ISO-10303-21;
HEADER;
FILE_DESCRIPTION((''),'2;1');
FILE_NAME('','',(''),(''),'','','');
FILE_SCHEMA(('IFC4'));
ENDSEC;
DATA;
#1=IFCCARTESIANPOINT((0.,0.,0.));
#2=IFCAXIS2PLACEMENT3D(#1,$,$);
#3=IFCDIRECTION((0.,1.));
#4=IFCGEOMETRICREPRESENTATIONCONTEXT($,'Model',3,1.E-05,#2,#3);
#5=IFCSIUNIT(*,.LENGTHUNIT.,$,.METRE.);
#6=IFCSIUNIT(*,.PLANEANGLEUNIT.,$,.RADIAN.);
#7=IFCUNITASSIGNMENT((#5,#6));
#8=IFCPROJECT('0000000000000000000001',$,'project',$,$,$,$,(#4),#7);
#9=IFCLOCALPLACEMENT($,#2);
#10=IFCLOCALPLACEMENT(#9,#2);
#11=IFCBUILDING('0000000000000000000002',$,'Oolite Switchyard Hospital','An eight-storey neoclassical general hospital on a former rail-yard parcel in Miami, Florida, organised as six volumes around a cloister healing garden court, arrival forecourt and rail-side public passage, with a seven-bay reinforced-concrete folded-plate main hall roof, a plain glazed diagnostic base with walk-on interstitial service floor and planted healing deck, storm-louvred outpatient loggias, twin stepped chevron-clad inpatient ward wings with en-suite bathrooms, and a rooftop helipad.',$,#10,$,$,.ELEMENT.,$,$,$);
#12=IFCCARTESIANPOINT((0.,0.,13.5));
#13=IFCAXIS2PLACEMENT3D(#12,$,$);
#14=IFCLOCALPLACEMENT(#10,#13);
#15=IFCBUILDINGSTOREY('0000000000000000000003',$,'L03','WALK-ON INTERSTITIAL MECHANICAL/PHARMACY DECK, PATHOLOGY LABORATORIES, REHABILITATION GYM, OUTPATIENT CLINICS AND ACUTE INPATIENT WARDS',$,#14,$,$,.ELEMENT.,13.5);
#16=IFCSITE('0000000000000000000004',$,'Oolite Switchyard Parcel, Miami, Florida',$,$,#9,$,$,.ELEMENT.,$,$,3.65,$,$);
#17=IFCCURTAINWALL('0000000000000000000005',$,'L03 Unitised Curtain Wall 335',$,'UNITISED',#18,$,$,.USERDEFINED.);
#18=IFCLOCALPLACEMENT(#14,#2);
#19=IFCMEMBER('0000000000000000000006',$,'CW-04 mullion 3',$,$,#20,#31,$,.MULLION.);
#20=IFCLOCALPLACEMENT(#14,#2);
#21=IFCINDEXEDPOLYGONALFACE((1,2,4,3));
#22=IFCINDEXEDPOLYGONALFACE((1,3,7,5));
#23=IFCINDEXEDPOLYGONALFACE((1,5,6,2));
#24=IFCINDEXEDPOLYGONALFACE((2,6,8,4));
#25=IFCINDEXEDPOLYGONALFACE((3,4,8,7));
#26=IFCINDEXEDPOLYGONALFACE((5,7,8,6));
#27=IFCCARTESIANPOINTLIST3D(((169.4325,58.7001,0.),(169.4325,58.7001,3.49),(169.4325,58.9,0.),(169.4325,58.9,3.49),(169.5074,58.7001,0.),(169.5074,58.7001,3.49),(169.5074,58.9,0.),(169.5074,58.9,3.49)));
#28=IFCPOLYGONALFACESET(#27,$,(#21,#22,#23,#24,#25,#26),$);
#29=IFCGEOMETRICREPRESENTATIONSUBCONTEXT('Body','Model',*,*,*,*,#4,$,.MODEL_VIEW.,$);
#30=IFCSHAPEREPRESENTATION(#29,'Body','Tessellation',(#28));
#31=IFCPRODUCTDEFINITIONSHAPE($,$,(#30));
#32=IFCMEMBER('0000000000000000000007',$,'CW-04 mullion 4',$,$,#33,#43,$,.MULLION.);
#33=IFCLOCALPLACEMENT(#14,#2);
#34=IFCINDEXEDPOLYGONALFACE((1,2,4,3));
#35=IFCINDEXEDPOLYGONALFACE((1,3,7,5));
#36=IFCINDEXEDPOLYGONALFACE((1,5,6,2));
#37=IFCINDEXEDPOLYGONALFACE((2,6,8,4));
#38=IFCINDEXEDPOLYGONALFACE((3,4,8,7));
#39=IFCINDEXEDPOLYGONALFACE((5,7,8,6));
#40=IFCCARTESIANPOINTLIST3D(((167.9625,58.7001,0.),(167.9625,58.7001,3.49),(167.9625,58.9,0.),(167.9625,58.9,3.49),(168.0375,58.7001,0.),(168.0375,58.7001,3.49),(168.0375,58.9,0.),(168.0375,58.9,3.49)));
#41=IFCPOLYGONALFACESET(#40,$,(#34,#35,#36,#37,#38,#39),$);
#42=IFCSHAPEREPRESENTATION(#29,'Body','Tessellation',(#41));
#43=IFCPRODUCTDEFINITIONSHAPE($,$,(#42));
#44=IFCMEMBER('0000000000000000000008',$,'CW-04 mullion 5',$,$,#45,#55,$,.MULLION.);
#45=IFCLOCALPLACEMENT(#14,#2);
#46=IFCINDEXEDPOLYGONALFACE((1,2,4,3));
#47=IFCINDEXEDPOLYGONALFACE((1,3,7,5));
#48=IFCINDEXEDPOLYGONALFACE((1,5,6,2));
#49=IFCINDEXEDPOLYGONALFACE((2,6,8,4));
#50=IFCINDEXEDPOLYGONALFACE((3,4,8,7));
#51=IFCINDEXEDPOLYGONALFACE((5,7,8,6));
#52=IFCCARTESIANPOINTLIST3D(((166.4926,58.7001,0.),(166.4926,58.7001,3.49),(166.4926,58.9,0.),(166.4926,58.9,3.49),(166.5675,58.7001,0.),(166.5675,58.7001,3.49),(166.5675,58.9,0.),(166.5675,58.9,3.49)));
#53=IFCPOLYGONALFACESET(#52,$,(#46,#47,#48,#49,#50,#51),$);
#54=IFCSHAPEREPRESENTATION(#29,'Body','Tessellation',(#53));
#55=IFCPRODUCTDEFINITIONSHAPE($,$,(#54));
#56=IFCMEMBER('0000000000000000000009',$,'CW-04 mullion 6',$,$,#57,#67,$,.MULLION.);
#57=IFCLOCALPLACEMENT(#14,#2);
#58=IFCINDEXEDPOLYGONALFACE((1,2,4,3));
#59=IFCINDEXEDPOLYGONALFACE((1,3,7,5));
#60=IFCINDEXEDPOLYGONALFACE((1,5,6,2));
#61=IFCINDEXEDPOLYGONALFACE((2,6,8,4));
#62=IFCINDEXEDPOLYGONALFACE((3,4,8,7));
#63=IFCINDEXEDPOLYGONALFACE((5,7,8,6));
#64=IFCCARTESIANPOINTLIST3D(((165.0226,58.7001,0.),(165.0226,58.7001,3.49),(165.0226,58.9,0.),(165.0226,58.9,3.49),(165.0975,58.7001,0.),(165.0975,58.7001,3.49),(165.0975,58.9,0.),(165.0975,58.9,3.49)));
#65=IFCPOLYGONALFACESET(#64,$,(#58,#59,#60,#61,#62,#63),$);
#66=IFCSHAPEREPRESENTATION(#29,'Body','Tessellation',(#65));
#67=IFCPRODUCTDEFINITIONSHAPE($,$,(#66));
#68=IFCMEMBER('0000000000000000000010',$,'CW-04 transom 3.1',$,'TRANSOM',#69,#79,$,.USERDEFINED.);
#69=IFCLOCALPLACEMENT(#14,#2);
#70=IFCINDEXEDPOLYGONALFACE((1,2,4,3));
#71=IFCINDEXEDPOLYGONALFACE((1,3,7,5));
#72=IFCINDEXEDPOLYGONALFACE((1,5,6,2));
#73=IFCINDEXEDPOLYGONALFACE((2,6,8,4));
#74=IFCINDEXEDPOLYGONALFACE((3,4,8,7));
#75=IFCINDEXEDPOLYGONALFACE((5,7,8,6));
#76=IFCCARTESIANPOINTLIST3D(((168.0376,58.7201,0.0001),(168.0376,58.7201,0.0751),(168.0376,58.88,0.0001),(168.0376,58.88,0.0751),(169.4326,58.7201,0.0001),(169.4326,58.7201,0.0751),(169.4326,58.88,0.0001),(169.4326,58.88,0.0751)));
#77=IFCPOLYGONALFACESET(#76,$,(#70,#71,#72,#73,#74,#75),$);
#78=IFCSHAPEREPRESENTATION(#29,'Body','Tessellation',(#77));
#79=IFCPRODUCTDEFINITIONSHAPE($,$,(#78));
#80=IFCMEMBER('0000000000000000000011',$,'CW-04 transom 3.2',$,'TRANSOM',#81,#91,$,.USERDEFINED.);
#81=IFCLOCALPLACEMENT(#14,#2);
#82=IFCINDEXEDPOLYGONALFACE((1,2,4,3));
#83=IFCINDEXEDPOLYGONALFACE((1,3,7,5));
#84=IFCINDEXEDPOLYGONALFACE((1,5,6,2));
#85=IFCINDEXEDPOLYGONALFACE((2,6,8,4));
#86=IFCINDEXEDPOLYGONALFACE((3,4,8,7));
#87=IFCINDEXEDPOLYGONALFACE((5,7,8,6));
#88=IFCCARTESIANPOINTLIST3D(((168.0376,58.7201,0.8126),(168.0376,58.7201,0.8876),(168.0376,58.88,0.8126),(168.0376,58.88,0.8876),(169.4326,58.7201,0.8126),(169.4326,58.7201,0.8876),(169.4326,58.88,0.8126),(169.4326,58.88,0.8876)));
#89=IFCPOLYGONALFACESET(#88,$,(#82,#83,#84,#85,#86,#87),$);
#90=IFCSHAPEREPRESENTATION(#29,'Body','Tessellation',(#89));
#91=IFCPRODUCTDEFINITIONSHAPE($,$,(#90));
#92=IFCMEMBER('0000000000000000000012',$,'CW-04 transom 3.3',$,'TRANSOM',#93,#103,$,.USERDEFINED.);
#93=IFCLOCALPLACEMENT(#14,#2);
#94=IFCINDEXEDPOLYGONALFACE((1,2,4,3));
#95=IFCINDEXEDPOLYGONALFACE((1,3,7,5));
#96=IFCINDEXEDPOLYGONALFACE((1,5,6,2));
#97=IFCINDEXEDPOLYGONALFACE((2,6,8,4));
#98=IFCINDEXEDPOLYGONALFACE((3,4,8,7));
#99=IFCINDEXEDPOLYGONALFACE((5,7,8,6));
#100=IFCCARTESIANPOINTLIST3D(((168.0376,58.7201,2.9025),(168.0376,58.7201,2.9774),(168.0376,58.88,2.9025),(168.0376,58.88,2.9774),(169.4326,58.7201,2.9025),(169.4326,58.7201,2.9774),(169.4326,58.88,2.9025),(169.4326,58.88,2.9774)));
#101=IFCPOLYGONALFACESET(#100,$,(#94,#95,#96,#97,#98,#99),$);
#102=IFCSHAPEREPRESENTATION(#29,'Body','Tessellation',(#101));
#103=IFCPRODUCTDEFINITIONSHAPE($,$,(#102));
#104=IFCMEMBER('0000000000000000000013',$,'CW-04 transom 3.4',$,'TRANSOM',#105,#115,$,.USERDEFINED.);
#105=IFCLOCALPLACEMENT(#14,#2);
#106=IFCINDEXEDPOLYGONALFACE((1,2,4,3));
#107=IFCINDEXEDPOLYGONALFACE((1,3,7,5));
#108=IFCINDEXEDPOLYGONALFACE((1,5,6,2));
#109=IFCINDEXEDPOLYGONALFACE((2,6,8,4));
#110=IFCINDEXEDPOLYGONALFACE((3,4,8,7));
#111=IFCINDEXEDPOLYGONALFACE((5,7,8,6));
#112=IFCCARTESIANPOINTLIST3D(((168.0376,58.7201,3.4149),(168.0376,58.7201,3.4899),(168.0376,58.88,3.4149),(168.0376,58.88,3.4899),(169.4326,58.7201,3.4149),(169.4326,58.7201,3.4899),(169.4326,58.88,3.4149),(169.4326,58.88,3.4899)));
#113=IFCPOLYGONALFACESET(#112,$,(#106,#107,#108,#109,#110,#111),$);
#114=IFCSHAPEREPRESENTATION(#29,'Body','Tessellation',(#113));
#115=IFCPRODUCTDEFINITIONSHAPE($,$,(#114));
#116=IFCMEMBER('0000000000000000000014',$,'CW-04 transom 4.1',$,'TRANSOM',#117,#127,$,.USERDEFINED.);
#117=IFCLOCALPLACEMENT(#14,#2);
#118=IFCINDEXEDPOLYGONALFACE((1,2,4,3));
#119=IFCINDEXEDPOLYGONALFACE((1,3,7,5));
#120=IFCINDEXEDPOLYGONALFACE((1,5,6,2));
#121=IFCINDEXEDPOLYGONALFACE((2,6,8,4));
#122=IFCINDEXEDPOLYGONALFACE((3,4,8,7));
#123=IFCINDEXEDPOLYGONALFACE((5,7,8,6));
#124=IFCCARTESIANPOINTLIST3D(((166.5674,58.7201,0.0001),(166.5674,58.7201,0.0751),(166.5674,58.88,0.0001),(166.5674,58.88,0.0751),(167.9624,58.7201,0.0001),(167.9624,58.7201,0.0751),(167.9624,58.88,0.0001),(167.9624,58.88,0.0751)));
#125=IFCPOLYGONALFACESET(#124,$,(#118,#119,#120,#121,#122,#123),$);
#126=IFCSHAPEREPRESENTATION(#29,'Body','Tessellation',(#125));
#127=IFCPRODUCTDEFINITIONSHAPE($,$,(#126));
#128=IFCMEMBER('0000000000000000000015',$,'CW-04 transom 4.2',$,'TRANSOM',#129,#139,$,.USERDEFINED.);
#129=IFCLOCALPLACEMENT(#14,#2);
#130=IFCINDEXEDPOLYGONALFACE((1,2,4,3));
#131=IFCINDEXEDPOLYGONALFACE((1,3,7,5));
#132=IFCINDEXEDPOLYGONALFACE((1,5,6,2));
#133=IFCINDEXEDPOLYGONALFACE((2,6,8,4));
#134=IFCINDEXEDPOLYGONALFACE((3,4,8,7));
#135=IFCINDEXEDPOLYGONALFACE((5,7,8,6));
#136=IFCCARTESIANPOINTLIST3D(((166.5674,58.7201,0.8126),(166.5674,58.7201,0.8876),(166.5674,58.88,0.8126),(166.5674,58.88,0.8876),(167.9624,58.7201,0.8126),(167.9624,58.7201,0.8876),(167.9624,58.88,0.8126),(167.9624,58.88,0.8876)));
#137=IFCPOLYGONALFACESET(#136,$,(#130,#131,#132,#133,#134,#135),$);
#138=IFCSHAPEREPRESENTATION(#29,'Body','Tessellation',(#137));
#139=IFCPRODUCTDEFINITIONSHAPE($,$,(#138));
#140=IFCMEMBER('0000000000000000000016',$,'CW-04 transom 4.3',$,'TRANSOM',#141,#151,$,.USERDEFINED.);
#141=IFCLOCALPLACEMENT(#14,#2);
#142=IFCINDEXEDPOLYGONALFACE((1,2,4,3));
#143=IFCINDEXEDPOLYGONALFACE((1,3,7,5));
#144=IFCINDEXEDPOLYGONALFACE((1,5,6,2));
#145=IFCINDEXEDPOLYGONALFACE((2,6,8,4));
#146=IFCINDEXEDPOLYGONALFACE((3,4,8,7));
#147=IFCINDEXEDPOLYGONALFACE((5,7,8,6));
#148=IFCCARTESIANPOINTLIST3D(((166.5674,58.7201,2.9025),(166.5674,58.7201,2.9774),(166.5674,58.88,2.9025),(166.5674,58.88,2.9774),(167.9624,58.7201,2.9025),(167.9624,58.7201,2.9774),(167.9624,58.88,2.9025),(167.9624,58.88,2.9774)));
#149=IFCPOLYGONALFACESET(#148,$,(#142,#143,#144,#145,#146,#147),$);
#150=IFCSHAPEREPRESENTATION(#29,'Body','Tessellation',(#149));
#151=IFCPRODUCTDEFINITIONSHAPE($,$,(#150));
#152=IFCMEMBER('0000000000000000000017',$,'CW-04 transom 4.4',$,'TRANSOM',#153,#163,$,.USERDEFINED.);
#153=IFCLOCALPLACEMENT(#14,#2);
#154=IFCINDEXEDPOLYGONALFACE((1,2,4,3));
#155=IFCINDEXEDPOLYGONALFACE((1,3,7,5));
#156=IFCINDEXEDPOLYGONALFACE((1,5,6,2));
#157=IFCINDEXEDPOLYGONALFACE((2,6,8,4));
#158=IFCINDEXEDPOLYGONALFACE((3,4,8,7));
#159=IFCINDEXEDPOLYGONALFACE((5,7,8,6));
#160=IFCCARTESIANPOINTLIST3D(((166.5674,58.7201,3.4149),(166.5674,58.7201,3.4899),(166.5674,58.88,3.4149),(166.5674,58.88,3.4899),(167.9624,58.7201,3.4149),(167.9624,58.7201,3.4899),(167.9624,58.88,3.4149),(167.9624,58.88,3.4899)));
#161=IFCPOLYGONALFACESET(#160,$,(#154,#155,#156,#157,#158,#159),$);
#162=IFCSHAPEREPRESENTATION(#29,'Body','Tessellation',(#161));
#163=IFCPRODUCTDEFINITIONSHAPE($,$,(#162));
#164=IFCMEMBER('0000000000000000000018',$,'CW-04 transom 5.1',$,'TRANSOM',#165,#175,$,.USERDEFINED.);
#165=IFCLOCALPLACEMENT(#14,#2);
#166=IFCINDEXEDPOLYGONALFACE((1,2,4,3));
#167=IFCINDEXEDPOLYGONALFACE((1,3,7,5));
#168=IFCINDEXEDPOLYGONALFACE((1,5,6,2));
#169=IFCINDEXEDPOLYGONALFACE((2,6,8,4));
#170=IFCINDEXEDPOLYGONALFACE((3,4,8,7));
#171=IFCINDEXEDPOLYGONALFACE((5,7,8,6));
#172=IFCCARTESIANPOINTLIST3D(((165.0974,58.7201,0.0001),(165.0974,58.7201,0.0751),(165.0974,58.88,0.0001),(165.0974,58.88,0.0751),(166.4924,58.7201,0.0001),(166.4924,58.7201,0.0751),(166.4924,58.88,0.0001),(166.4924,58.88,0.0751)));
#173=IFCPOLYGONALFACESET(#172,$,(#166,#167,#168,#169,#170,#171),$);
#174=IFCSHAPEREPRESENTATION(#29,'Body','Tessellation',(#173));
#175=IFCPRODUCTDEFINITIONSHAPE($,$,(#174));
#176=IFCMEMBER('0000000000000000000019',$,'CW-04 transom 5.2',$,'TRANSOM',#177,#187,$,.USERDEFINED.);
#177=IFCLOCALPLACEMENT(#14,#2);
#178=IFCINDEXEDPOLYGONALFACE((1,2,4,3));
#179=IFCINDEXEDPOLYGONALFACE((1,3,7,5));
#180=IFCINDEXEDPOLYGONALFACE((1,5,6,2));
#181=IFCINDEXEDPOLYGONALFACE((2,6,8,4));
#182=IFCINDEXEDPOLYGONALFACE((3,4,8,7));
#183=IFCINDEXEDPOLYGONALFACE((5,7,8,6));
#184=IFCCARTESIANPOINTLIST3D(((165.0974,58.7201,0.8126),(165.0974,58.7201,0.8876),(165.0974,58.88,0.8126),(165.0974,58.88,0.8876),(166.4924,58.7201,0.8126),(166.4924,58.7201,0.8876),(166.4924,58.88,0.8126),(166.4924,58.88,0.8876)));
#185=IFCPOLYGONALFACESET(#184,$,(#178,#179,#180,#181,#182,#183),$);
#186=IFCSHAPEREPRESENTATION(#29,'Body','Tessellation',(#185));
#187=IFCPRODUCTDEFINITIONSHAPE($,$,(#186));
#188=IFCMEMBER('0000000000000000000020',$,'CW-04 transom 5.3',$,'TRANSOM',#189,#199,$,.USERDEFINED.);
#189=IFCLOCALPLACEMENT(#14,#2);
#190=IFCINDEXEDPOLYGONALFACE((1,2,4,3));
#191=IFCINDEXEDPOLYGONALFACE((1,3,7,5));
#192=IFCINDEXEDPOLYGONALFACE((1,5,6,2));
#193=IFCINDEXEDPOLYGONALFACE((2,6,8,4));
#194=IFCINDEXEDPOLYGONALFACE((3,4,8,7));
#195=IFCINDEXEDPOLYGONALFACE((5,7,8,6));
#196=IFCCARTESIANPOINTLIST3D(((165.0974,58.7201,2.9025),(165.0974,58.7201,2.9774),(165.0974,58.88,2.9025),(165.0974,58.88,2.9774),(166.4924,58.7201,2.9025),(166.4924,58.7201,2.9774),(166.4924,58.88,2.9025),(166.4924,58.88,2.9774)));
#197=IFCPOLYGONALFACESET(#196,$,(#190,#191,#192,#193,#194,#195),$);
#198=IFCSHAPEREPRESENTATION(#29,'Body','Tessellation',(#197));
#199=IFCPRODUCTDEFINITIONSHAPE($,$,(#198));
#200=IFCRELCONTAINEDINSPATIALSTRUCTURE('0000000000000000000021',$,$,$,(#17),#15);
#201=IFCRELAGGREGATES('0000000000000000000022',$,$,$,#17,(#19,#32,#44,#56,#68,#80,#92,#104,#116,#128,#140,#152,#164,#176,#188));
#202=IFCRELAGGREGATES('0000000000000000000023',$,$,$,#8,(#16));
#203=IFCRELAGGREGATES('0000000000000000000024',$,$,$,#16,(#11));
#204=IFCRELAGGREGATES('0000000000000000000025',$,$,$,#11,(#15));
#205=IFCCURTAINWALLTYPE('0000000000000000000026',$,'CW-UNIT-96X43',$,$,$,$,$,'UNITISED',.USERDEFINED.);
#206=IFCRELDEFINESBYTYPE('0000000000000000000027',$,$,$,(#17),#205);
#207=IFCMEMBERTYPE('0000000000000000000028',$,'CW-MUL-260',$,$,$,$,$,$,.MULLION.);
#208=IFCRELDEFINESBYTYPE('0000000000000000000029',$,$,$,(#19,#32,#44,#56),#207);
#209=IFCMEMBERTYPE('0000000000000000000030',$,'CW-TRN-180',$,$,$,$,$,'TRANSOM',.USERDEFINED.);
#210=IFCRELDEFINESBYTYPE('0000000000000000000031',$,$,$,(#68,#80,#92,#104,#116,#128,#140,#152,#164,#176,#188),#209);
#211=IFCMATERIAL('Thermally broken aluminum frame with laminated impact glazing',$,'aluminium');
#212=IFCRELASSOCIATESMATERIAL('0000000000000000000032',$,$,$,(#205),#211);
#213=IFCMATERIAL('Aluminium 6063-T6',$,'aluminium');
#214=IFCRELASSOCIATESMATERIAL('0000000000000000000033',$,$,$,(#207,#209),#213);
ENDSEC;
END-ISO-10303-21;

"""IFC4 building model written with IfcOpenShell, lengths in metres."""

from ifc_helpers import new_model, si_unit, direction, frame, origin, origin_2d, place, context, subcontext, project, spatial, rectangle, extrude, material, material_profile, profile_set, type_object, element, aggregate, save


model = new_model("IFC4")

# Units and contexts
model_context = context("Model", 3, precision=1e-05, world=origin(), true_north=direction((0.0, 1.0)))
body_context = subcontext(model_context, "Body", "Model", "MODEL_VIEW")
ifc_project = project(units=[si_unit("LENGTHUNIT", "METRE"), si_unit("PLANEANGLEUNIT", "RADIAN")], contexts=[model_context])

# Site, building, storey
site_placement = place(None, origin())
site = spatial("IfcSite", under=ifc_project, at=site_placement, Name="Oolite Switchyard Parcel, Miami, Florida", CompositionType="ELEMENT", RefElevation=3.65)
building_placement = place(site_placement, origin())
building = spatial("IfcBuilding", under=site, at=building_placement, Name="Oolite Switchyard Hospital", Description="An eight-storey neoclassical general hospital on a former rail-yard parcel in Miami, Florida, organised as six volumes around a cloister healing garden court, arrival forecourt and rail-side public passage, with a seven-bay reinforced-concrete folded-plate main hall roof, a plain glazed diagnostic base with walk-on interstitial service floor and planted healing deck, storm-louvred outpatient loggias, twin stepped chevron-clad inpatient ward wings with en-suite bathrooms, and a rooftop helipad.", CompositionType="ELEMENT")
storey_placement = place(building_placement, frame((0.0, 0.0, 13.5)))
storey = spatial("IfcBuildingStorey", under=building, at=storey_placement, Name="L03", Description="WALK-ON INTERSTITIAL MECHANICAL/PHARMACY DECK, PATHOLOGY LABORATORIES, REHABILITATION GYM, OUTPATIENT CLINICS AND ACUTE INPATIENT WARDS", CompositionType="ELEMENT", Elevation=13.5)

# Curtain wall, members
ifc_material_1 = material(Name="Thermally broken aluminum frame with laminated impact glazing", Category="aluminium")
curtain_wall_type = type_object("IfcCurtainWallType", Name="CW-UNIT-96X43", ElementType="UNITISED", PredefinedType="USERDEFINED", material=ifc_material_1)
curtain_wall_placement = place(storey_placement, origin())
curtain_wall = element("IfcCurtainWall", 1, at=curtain_wall_placement, inside=storey, type_object=curtain_wall_type, Name="L03 Unitised Curtain Wall 335", ObjectType="UNITISED", PredefinedType="USERDEFINED")
ifc_material_2 = material(Name="Aluminium 6063-T6", Category="aluminium")
ifc_material_profile_1 = material_profile(ifc_material_2, rectangle(XDim=0.2, YDim=0.075, at=origin_2d()), Name="CWM75X200")
ifc_profile_set_1 = profile_set([ifc_material_profile_1], Name="Aluminium 6063-T6")
member_type_1 = type_object("IfcMemberType", Name="CW-MUL-260", PredefinedType="MULLION", material=ifc_profile_set_1)
member_1_placement = place(storey_placement, frame((169.47, 58.8, 0.0), z_axis=(0.0, 0.0, 1.0), x_axis=(0.0, -1.0, 0.0)))
member_1 = element("IfcMember", 2, at=member_1_placement, type_object=member_type_1, Name="CW-04 mullion 3", PredefinedType="MULLION", context=body_context, shape_type="SweptSolid", body=[
    extrude(rectangle(XDim=0.2, YDim=0.075, at=origin_2d()), origin(), (0.0, 0.0, 1.0), 3.49),
])
member_2_placement = place(storey_placement, frame((168.0, 58.8, 0.0), z_axis=(0.0, 0.0, 1.0), x_axis=(0.0, -1.0, 0.0)))
member_2 = element("IfcMember", 3, at=member_2_placement, type_object=member_type_1, Name="CW-04 mullion 4", PredefinedType="MULLION", context=body_context, shape_type="SweptSolid", body=[
    extrude(rectangle(XDim=0.2, YDim=0.075, at=origin_2d()), origin(), (0.0, 0.0, 1.0), 3.49),
])
member_3_placement = place(storey_placement, frame((166.53, 58.8, 0.0), z_axis=(0.0, 0.0, 1.0), x_axis=(0.0, -1.0, 0.0)))
member_3 = element("IfcMember", 4, at=member_3_placement, type_object=member_type_1, Name="CW-04 mullion 5", PredefinedType="MULLION", context=body_context, shape_type="SweptSolid", body=[
    extrude(rectangle(XDim=0.2, YDim=0.075, at=origin_2d()), origin(), (0.0, 0.0, 1.0), 3.49),
])
member_4_placement = place(storey_placement, frame((165.0601, 58.8, 0.0), z_axis=(0.0, 0.0, 1.0), x_axis=(0.0, -1.0, 0.0)))
member_4 = element("IfcMember", 5, at=member_4_placement, type_object=member_type_1, Name="CW-04 mullion 6", PredefinedType="MULLION", context=body_context, shape_type="SweptSolid", body=[
    extrude(rectangle(XDim=0.2, YDim=0.075, at=origin_2d()), origin(), (0.0, 0.0, 1.0), 3.49),
])
ifc_material_profile_2 = material_profile(ifc_material_2, rectangle(XDim=0.1599, YDim=0.075, at=origin_2d()), Name="CWT75X160")
ifc_profile_set_2 = profile_set([ifc_material_profile_2], Name="Aluminium 6063-T6")
member_type_2 = type_object("IfcMemberType", Name="CW-TRN-180", ElementType="TRANSOM", PredefinedType="USERDEFINED", material=ifc_profile_set_2)
member_5_placement = place(storey_placement, frame((169.4326, 58.8, 0.0376), z_axis=(-1.0, 0.0, 0.0), x_axis=(0.0, -1.0, 0.0)))
member_5 = element("IfcMember", 6, at=member_5_placement, type_object=member_type_2, Name="CW-04 transom 3.1", ObjectType="TRANSOM", PredefinedType="USERDEFINED", context=body_context, shape_type="SweptSolid", body=[
    extrude(rectangle(XDim=0.1599, YDim=0.075, at=origin_2d()), origin(), (0.0, 0.0, 1.0), 1.395),
])
member_6_placement = place(storey_placement, frame((169.4326, 58.8, 0.8501), z_axis=(-1.0, 0.0, 0.0), x_axis=(0.0, -1.0, 0.0)))
member_6 = element("IfcMember", 7, at=member_6_placement, type_object=member_type_2, Name="CW-04 transom 3.2", ObjectType="TRANSOM", PredefinedType="USERDEFINED", context=body_context, shape_type="SweptSolid", body=[
    extrude(rectangle(XDim=0.1599, YDim=0.075, at=origin_2d()), origin(), (0.0, 0.0, 1.0), 1.395),
])
member_7_placement = place(storey_placement, frame((169.4326, 58.8, 2.9399), z_axis=(-1.0, 0.0, 0.0), x_axis=(0.0, -1.0, 0.0)))
member_7 = element("IfcMember", 8, at=member_7_placement, type_object=member_type_2, Name="CW-04 transom 3.3", ObjectType="TRANSOM", PredefinedType="USERDEFINED", context=body_context, shape_type="SweptSolid", body=[
    extrude(rectangle(XDim=0.1599, YDim=0.075, at=origin_2d()), origin(), (0.0, 0.0, 1.0), 1.395),
])
member_8_placement = place(storey_placement, frame((169.4326, 58.8, 3.4524), z_axis=(-1.0, 0.0, 0.0), x_axis=(0.0, -1.0, 0.0)))
member_8 = element("IfcMember", 9, at=member_8_placement, type_object=member_type_2, Name="CW-04 transom 3.4", ObjectType="TRANSOM", PredefinedType="USERDEFINED", context=body_context, shape_type="SweptSolid", body=[
    extrude(rectangle(XDim=0.1599, YDim=0.075, at=origin_2d()), origin(), (0.0, 0.0, 1.0), 1.395),
])
member_9_placement = place(storey_placement, frame((167.9624, 58.8, 0.0376), z_axis=(-1.0, 0.0, 0.0), x_axis=(0.0, -1.0, 0.0)))
member_9 = element("IfcMember", 10, at=member_9_placement, type_object=member_type_2, Name="CW-04 transom 4.1", ObjectType="TRANSOM", PredefinedType="USERDEFINED", context=body_context, shape_type="SweptSolid", body=[
    extrude(rectangle(XDim=0.1599, YDim=0.075, at=origin_2d()), origin(), (0.0, 0.0, 1.0), 1.395),
])
member_10_placement = place(storey_placement, frame((167.9624, 58.8, 0.8501), z_axis=(-1.0, 0.0, 0.0), x_axis=(0.0, -1.0, 0.0)))
member_10 = element("IfcMember", 11, at=member_10_placement, type_object=member_type_2, Name="CW-04 transom 4.2", ObjectType="TRANSOM", PredefinedType="USERDEFINED", context=body_context, shape_type="SweptSolid", body=[
    extrude(rectangle(XDim=0.1599, YDim=0.075, at=origin_2d()), origin(), (0.0, 0.0, 1.0), 1.395),
])
member_11_placement = place(storey_placement, frame((167.9624, 58.8, 2.9399), z_axis=(-1.0, 0.0, 0.0), x_axis=(0.0, -1.0, 0.0)))
member_11 = element("IfcMember", 12, at=member_11_placement, type_object=member_type_2, Name="CW-04 transom 4.3", ObjectType="TRANSOM", PredefinedType="USERDEFINED", context=body_context, shape_type="SweptSolid", body=[
    extrude(rectangle(XDim=0.1599, YDim=0.075, at=origin_2d()), origin(), (0.0, 0.0, 1.0), 1.395),
])
member_12_placement = place(storey_placement, frame((167.9624, 58.8, 3.4524), z_axis=(-1.0, 0.0, 0.0), x_axis=(0.0, -1.0, 0.0)))
member_12 = element("IfcMember", 13, at=member_12_placement, type_object=member_type_2, Name="CW-04 transom 4.4", ObjectType="TRANSOM", PredefinedType="USERDEFINED", context=body_context, shape_type="SweptSolid", body=[
    extrude(rectangle(XDim=0.1599, YDim=0.075, at=origin_2d()), origin(), (0.0, 0.0, 1.0), 1.395),
])
member_13_placement = place(storey_placement, frame((166.4924, 58.8, 0.0376), z_axis=(-1.0, 0.0, 0.0), x_axis=(0.0, -1.0, 0.0)))
member_13 = element("IfcMember", 14, at=member_13_placement, type_object=member_type_2, Name="CW-04 transom 5.1", ObjectType="TRANSOM", PredefinedType="USERDEFINED", context=body_context, shape_type="SweptSolid", body=[
    extrude(rectangle(XDim=0.1599, YDim=0.075, at=origin_2d()), origin(), (0.0, 0.0, 1.0), 1.395),
])
member_14_placement = place(storey_placement, frame((166.4924, 58.8, 0.8501), z_axis=(-1.0, 0.0, 0.0), x_axis=(0.0, -1.0, 0.0)))
member_14 = element("IfcMember", 15, at=member_14_placement, type_object=member_type_2, Name="CW-04 transom 5.2", ObjectType="TRANSOM", PredefinedType="USERDEFINED", context=body_context, shape_type="SweptSolid", body=[
    extrude(rectangle(XDim=0.1599, YDim=0.075, at=origin_2d()), origin(), (0.0, 0.0, 1.0), 1.395),
])
member_15_placement = place(storey_placement, frame((166.4924, 58.8, 2.9399), z_axis=(-1.0, 0.0, 0.0), x_axis=(0.0, -1.0, 0.0)))
member_15 = element("IfcMember", 16, at=member_15_placement, type_object=member_type_2, Name="CW-04 transom 5.3", ObjectType="TRANSOM", PredefinedType="USERDEFINED", context=body_context, shape_type="SweptSolid", body=[
    extrude(rectangle(XDim=0.1599, YDim=0.075, at=origin_2d()), origin(), (0.0, 0.0, 1.0), 1.395),
])
aggregate(curtain_wall, [member_1, member_2, member_3, member_4, member_5, member_6, member_7, member_8, member_9, member_10, member_11, member_12, member_13, member_14, member_15])

save(model, "model.ifc")
